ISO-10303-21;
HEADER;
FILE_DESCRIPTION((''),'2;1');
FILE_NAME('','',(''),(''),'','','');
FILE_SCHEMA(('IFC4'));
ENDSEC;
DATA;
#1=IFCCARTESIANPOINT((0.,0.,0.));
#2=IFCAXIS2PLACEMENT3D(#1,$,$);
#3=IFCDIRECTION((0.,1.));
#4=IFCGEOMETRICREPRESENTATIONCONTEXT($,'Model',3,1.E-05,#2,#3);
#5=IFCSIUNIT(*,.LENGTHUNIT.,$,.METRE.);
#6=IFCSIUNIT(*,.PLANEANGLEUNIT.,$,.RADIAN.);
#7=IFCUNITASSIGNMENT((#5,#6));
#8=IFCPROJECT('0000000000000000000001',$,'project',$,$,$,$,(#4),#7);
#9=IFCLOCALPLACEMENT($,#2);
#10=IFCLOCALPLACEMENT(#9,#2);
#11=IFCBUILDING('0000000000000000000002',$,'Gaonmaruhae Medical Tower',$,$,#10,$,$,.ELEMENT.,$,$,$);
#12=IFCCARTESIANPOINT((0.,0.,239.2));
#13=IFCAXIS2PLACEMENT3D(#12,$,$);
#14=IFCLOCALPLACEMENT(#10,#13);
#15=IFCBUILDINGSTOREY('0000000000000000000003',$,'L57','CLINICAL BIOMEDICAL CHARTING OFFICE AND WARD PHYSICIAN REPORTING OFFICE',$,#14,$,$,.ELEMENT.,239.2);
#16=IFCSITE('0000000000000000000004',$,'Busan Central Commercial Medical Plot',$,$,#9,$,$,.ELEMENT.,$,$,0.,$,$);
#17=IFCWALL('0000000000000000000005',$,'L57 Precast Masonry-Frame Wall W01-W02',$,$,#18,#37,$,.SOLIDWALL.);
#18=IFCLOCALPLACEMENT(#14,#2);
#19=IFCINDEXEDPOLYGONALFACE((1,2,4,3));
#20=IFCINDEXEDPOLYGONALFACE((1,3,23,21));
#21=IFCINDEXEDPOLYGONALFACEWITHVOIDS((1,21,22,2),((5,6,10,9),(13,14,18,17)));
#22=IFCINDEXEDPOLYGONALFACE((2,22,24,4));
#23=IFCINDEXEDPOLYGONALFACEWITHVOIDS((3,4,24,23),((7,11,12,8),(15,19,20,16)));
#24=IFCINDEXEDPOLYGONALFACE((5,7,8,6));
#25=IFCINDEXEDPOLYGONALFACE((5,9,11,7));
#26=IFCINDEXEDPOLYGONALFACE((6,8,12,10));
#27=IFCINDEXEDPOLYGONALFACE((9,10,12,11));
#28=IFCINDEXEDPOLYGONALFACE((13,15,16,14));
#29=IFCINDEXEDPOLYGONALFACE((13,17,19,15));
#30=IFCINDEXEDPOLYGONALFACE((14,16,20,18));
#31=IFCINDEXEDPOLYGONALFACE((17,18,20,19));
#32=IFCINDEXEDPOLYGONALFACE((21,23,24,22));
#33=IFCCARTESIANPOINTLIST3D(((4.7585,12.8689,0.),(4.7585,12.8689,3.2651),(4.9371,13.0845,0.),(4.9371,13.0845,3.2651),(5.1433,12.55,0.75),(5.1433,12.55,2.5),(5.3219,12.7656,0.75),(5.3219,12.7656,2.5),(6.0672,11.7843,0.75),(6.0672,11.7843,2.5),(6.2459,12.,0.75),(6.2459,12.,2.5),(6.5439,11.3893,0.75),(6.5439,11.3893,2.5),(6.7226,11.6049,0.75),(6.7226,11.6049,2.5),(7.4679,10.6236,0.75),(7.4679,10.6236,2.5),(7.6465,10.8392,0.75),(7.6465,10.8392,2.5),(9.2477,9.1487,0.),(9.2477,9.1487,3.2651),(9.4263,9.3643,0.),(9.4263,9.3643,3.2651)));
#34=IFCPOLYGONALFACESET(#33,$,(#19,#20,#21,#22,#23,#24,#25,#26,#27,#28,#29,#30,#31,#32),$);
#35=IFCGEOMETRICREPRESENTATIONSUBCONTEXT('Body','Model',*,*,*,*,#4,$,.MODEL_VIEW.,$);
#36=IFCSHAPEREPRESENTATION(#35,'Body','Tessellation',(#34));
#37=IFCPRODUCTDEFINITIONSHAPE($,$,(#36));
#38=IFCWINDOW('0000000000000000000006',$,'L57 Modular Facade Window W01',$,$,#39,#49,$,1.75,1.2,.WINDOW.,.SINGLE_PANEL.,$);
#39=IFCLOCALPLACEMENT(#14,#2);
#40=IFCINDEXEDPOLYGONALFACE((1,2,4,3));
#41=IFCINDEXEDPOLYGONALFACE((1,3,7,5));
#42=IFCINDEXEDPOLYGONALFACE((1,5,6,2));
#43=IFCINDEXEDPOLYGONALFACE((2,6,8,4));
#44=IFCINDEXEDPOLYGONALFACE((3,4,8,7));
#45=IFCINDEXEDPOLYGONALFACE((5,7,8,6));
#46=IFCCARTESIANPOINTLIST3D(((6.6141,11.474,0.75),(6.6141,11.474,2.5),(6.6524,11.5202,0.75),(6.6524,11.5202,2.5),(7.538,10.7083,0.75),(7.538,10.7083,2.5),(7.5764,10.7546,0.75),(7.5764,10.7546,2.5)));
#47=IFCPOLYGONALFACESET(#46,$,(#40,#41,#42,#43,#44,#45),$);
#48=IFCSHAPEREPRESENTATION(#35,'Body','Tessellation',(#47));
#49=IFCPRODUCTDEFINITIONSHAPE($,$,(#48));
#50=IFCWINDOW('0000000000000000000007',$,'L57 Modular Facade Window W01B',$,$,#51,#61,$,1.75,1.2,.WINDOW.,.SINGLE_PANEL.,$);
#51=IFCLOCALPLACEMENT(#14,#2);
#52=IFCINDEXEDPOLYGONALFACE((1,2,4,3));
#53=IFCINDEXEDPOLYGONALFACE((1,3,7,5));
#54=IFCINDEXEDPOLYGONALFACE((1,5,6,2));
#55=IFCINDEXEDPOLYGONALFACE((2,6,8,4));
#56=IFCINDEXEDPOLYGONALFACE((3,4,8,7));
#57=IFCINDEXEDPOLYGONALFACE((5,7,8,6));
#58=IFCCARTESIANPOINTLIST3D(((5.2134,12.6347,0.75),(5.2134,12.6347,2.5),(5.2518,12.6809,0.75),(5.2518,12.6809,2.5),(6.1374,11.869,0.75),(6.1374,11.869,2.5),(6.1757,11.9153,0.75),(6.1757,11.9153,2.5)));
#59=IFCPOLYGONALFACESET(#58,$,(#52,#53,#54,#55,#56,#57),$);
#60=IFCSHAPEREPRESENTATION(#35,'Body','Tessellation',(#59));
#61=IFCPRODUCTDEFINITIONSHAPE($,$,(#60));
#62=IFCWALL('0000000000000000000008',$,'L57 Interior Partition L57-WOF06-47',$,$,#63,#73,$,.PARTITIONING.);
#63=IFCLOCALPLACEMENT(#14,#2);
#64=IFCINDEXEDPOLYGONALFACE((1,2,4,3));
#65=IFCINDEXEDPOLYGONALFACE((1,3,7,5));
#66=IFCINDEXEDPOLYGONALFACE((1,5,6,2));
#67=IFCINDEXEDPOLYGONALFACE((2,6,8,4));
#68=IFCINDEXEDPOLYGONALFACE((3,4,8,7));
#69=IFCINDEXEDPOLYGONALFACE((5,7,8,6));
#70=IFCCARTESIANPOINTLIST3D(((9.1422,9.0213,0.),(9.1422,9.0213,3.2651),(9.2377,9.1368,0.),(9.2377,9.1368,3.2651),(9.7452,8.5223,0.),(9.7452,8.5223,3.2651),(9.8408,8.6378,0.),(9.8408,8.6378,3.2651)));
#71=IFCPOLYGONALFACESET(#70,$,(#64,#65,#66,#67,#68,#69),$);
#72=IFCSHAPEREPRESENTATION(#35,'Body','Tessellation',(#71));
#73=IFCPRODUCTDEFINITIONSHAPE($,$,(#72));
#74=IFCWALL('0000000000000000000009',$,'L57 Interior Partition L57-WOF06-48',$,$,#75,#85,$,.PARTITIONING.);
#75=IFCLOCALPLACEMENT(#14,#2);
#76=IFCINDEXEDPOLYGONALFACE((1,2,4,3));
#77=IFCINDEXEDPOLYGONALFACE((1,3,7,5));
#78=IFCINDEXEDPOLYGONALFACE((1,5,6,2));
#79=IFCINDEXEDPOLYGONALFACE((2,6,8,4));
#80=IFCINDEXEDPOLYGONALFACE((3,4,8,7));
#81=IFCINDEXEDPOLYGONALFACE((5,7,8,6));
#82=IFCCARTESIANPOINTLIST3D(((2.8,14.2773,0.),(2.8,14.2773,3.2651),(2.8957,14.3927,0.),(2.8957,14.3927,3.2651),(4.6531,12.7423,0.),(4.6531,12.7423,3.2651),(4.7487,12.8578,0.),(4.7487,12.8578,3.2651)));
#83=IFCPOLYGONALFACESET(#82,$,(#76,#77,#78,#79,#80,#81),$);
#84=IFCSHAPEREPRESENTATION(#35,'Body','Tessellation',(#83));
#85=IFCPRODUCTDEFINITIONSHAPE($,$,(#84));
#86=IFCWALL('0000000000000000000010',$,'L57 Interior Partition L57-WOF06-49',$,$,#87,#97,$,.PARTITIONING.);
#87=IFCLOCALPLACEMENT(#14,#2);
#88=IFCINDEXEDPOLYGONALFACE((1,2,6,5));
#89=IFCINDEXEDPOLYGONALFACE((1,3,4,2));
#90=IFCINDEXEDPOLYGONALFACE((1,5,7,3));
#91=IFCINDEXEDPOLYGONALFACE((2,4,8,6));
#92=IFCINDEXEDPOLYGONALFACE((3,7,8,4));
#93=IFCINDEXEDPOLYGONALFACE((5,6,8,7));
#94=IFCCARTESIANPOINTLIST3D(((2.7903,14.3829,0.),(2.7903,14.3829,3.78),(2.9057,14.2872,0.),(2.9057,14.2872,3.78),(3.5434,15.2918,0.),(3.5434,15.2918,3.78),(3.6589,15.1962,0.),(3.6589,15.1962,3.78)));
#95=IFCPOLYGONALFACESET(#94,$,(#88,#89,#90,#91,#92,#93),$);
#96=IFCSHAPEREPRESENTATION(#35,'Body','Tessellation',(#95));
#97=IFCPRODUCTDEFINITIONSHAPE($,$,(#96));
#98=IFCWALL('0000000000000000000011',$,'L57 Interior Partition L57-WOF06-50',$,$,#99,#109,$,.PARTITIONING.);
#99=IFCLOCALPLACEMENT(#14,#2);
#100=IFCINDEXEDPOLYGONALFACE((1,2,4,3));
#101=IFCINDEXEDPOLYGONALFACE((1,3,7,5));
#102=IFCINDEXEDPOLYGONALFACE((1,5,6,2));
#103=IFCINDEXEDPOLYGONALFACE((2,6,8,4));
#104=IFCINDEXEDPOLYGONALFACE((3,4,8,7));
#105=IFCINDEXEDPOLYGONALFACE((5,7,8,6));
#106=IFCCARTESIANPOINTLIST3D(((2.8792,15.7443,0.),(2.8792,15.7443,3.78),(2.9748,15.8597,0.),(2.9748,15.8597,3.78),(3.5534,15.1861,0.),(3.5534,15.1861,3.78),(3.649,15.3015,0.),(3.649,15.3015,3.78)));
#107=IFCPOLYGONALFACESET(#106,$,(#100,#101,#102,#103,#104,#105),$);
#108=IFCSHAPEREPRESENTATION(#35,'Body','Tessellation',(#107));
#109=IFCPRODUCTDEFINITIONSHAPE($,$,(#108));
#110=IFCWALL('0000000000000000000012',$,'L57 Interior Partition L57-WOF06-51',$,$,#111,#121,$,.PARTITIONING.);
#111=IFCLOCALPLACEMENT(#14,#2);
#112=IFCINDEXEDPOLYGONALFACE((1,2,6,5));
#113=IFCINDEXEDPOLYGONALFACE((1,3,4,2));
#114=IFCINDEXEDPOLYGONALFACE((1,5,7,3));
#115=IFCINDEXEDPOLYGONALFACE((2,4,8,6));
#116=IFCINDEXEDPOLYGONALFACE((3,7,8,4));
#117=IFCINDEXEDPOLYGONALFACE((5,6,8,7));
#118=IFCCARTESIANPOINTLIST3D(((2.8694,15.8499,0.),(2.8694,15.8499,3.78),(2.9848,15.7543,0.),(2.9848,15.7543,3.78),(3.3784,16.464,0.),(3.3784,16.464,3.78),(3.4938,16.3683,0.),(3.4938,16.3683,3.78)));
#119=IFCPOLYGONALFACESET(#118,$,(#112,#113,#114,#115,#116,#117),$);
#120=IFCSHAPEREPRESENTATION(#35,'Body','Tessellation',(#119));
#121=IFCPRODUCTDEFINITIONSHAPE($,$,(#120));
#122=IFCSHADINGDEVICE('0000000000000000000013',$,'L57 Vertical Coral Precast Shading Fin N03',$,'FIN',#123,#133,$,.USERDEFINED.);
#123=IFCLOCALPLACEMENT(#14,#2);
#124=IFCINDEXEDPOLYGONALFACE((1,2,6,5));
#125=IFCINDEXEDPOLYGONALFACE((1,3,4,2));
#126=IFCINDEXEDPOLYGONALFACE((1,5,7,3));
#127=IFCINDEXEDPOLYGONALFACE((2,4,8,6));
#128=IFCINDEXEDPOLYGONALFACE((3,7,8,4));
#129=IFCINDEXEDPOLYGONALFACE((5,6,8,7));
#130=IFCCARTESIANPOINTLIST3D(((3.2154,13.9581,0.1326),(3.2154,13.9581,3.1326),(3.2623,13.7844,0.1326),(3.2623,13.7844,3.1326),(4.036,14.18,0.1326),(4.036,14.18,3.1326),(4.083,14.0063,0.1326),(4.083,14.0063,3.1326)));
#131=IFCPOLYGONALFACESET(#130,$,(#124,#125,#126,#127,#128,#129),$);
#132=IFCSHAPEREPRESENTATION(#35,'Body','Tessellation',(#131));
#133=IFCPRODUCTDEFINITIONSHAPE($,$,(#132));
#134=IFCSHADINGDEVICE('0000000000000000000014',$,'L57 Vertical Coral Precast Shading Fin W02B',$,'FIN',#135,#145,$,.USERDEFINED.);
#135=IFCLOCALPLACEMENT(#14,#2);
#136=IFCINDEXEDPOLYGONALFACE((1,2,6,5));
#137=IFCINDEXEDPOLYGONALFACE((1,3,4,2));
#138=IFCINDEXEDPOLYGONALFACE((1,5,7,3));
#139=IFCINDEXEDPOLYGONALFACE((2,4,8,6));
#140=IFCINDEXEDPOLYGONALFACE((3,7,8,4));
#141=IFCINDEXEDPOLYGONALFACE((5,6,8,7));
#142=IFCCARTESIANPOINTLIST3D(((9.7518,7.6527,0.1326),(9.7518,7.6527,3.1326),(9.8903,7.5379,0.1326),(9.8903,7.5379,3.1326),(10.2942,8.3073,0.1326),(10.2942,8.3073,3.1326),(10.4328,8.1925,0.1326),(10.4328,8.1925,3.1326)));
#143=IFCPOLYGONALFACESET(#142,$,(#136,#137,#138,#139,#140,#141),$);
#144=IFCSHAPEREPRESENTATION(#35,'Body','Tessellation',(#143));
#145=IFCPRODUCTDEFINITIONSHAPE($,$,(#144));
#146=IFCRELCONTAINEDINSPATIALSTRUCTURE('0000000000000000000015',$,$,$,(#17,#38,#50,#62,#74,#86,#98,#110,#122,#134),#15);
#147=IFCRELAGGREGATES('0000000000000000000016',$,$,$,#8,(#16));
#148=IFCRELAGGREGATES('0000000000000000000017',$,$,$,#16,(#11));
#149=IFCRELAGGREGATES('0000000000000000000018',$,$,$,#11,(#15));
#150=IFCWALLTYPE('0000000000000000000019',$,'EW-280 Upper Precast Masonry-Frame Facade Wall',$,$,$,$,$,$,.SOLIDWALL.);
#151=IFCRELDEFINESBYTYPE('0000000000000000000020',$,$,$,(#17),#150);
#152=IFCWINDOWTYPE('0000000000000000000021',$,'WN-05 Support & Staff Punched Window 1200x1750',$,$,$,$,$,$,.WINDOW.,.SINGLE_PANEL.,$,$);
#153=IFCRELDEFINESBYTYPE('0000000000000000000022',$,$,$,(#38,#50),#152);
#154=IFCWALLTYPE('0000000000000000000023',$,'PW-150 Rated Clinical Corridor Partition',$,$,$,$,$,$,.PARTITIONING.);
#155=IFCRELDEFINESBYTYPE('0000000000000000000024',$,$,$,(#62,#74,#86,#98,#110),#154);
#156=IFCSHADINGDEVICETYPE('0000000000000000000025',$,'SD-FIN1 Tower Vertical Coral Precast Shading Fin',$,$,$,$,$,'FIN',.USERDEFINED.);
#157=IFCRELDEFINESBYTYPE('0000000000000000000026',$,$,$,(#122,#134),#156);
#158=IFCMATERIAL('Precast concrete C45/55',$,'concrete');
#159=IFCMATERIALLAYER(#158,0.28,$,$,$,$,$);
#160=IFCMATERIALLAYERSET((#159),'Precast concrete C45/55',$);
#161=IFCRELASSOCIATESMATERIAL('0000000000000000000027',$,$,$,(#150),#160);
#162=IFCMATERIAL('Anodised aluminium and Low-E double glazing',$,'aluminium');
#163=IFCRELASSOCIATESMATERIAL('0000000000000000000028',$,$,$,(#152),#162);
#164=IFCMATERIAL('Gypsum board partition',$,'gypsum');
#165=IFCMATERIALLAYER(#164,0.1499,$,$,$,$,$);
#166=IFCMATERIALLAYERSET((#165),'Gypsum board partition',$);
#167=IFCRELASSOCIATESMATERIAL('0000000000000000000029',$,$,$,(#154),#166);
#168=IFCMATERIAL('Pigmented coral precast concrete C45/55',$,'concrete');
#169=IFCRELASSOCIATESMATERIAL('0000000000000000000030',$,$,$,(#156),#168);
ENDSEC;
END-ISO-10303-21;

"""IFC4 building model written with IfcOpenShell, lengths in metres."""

from ifc_helpers import new_model, si_unit, direction, frame, frame_2d, origin, origin_2d, place, context, subcontext, project, spatial, rectangle, extrude, material, layer, layer_set, type_object, element, fill, save


model = new_model("IFC4")

# Units and contexts
model_context = context("Model", 3, precision=1e-05, world=origin(), true_north=direction((0.0, 1.0)))
body_context = subcontext(model_context, "Body", "Model", "MODEL_VIEW")
ifc_project = project(units=[si_unit("LENGTHUNIT", "METRE"), si_unit("PLANEANGLEUNIT", "RADIAN")], contexts=[model_context])

# Site, building, storey
site_placement = place(None, origin())
site = spatial("IfcSite", under=ifc_project, at=site_placement, Name="Busan Central Commercial Medical Plot", CompositionType="ELEMENT", RefElevation=0.0)
building_placement = place(site_placement, origin())
building = spatial("IfcBuilding", under=site, at=building_placement, Name="Gaonmaruhae Medical Tower", CompositionType="ELEMENT")
storey_placement = place(building_placement, frame((0.0, 0.0, 239.2)))
storey = spatial("IfcBuildingStorey", under=building, at=storey_placement, Name="L57", Description="CLINICAL BIOMEDICAL CHARTING OFFICE AND WARD PHYSICIAN REPORTING OFFICE", CompositionType="ELEMENT", Elevation=239.2)

# Shared definitions
ifc_material_1 = material(Name="Precast concrete C45/55", Category="concrete")
ifc_layer_1 = layer(ifc_material_1, 0.28)
ifc_layer_set_1 = layer_set([ifc_layer_1], Name="Precast concrete C45/55")
wall_type_1 = type_object("IfcWallType", Name="EW-280 Upper Precast Masonry-Frame Facade Wall", PredefinedType="SOLIDWALL", material=ifc_layer_set_1)

# Wall, openings, windows
wall_1_placement = place(storey_placement, frame((9.3369, 9.2566, 0.0), z_axis=(0.0, 0.0, 1.0), x_axis=(-0.769976, 0.638073, 0.0)))
wall_1 = element("IfcWall", 1, at=wall_1_placement, inside=storey, type_object=wall_type_1, Name="L57 Precast Masonry-Frame Wall W01-W02", PredefinedType="SOLIDWALL", context=body_context, shape_type="SweptSolid", body=[
    extrude(rectangle(XDim=5.8303, YDim=0.28, at=frame_2d((2.915, 0.0))), origin(), (0.0, 0.0, 1.0), 3.2651),
])
opening_1_placement = place(wall_1_placement, frame((2.3113, 0.0, 0.75)))
opening_1 = element("IfcOpeningElement", 2, at=opening_1_placement, cuts=wall_1, PredefinedType="OPENING", context=body_context, shape_type="SweptSolid", body=[
    extrude(rectangle(XDim=1.2, YDim=1.75, at=frame_2d((0.6001, 0.875))), frame((0.0, 0.1499, 0.0), z_axis=(0.0, -1.0, 0.0), x_axis=(1.0, 0.0, 0.0)), (0.0, 0.0, 1.0), 0.3),
])
opening_2_placement = place(wall_1_placement, frame((4.1304, 0.0, 0.75)))
opening_2 = element("IfcOpeningElement", 3, at=opening_2_placement, cuts=wall_1, PredefinedType="OPENING", context=body_context, shape_type="SweptSolid", body=[
    extrude(rectangle(XDim=1.2, YDim=1.75, at=frame_2d((0.6001, 0.875))), frame((0.0, 0.1499, 0.0), z_axis=(0.0, -1.0, 0.0), x_axis=(1.0, 0.0, 0.0)), (0.0, 0.0, 1.0), 0.3),
])
ifc_material_2 = material(Name="Anodised aluminium and Low-E double glazing", Category="aluminium")
window_type = type_object("IfcWindowType", Name="WN-05 Support & Staff Punched Window 1200x1750", PartitioningType="SINGLE_PANEL", PredefinedType="WINDOW", material=ifc_material_2)
window_1_placement = place(opening_1_placement, origin())
window_1 = element("IfcWindow", 4, at=window_1_placement, inside=storey, type_object=window_type, Name="L57 Modular Facade Window W01", OverallHeight=1.75, OverallWidth=1.2, PartitioningType="SINGLE_PANEL", PredefinedType="WINDOW", context=body_context, shape_type="SweptSolid", body=[
    extrude(rectangle(XDim=1.2, YDim=1.75, at=frame_2d((0.6001, 0.875))), frame((0.0, 0.03, 0.0), z_axis=(0.0, -1.0, 0.0), x_axis=(1.0, 0.0, 0.0)), (0.0, 0.0, 1.0), 0.0601),
])
fill(opening_1, window_1)
window_2_placement = place(opening_2_placement, origin())
window_2 = element("IfcWindow", 5, at=window_2_placement, inside=storey, type_object=window_type, Name="L57 Modular Facade Window W01B", OverallHeight=1.75, OverallWidth=1.2, PartitioningType="SINGLE_PANEL", PredefinedType="WINDOW", context=body_context, shape_type="SweptSolid", body=[
    extrude(rectangle(XDim=1.2, YDim=1.75, at=frame_2d((0.6001, 0.875))), frame((0.0, 0.03, 0.0), z_axis=(0.0, -1.0, 0.0), x_axis=(1.0, 0.0, 0.0)), (0.0, 0.0, 1.0), 0.0601),
])
fill(opening_2, window_2)

# Walls
ifc_material_3 = material(Name="Gypsum board partition", Category="gypsum")
ifc_layer_2 = layer(ifc_material_3, 0.1499)
ifc_layer_set_2 = layer_set([ifc_layer_2], Name="Gypsum board partition")
wall_type_2 = type_object("IfcWallType", Name="PW-150 Rated Clinical Corridor Partition", PredefinedType="PARTITIONING", material=ifc_layer_set_2)
wall_2_placement = place(storey_placement, frame((9.793, 8.5801, 0.0), z_axis=(0.0, 0.0, 1.0), x_axis=(-0.770415, 0.637542, 0.0)))
element("IfcWall", 6, at=wall_2_placement, inside=storey, type_object=wall_type_2, Name="L57 Interior Partition L57-WOF06-47", PredefinedType="PARTITIONING", context=body_context, shape_type="SweptSolid", body=[
    extrude(rectangle(XDim=0.7827, YDim=0.1499, at=frame_2d((0.3914, 0.0))), origin(), (0.0, 0.0, 1.0), 3.2651),
])
wall_3_placement = place(storey_placement, frame((4.7009, 12.8, 0.0), z_axis=(0.0, 0.0, 1.0), x_axis=(-0.770114, 0.637906, 0.0)))
element("IfcWall", 7, at=wall_3_placement, inside=storey, type_object=wall_type_2, Name="L57 Interior Partition L57-WOF06-48", PredefinedType="PARTITIONING", context=body_context, shape_type="SweptSolid", body=[
    extrude(rectangle(XDim=2.4062, YDim=0.1499, at=frame_2d((1.2031, 0.0))), origin(), (0.0, 0.0, 1.0), 3.2651),
])
wall_4_placement = place(storey_placement, frame((2.8479, 14.335, 0.0), z_axis=(0.0, 0.0, 1.0), x_axis=(0.638046, 0.769998, 0.0)))
element("IfcWall", 8, at=wall_4_placement, inside=storey, type_object=wall_type_2, Name="L57 Interior Partition L57-WOF06-49", PredefinedType="PARTITIONING", context=body_context, shape_type="SweptSolid", body=[
    extrude(rectangle(XDim=1.1804, YDim=0.1499, at=frame_2d((0.5903, 0.0))), origin(), (0.0, 0.0, 1.0), 3.78),
])
wall_5_placement = place(storey_placement, frame((3.6011, 15.2439, 0.0), z_axis=(0.0, 0.0, 1.0), x_axis=(-0.770253, 0.637739, 0.0)))
element("IfcWall", 9, at=wall_5_placement, inside=storey, type_object=wall_type_2, Name="L57 Interior Partition L57-WOF06-50", PredefinedType="PARTITIONING", context=body_context, shape_type="SweptSolid", body=[
    extrude(rectangle(XDim=0.8752, YDim=0.1499, at=frame_2d((0.4375, 0.0))), origin(), (0.0, 0.0, 1.0), 3.78),
])
wall_6_placement = place(storey_placement, frame((2.927, 15.802, 0.0), z_axis=(0.0, 0.0, 1.0), x_axis=(0.638225, 0.76985, 0.0)))
element("IfcWall", 10, at=wall_6_placement, inside=storey, type_object=wall_type_2, Name="L57 Interior Partition L57-WOF06-51", PredefinedType="PARTITIONING", context=body_context, shape_type="SweptSolid", body=[
    extrude(rectangle(XDim=0.7976, YDim=0.1499, at=frame_2d((0.3989, 0.0))), origin(), (0.0, 0.0, 1.0), 3.78),
])

# Shading devices
ifc_material_4 = material(Name="Pigmented coral precast concrete C45/55", Category="concrete")
shading_device_type = type_object("IfcShadingDeviceType", Name="SD-FIN1 Tower Vertical Coral Precast Shading Fin", ElementType="FIN", PredefinedType="USERDEFINED", material=ifc_material_4)
for number, where, z_axis, x_axis, name in (
    (11, (3.6492, 13.9822, 0.1326), (0.0, 0.0, 1.0), (-0.261044, 0.965327, 0.0), "L57 Vertical Coral Precast Shading Fin N03"),
    (12, (10.0923, 7.9226, 0.1326), (0.0, 0.0, 1.0), (-0.769957, 0.638096, 0.0), "L57 Vertical Coral Precast Shading Fin W02B"),
):
    element("IfcShadingDevice", number, at=place(storey_placement, frame(where, z_axis=z_axis, x_axis=x_axis)), inside=storey, type_object=shading_device_type, Name=name, ObjectType="FIN", PredefinedType="USERDEFINED", context=body_context, shape_type="SweptSolid", body=[
        extrude(rectangle(XDim=0.1799, YDim=0.8501, at=origin_2d()), origin(), (0.0, 0.0, 1.0), 3.0),
    ])

save(model, "model.ifc")
